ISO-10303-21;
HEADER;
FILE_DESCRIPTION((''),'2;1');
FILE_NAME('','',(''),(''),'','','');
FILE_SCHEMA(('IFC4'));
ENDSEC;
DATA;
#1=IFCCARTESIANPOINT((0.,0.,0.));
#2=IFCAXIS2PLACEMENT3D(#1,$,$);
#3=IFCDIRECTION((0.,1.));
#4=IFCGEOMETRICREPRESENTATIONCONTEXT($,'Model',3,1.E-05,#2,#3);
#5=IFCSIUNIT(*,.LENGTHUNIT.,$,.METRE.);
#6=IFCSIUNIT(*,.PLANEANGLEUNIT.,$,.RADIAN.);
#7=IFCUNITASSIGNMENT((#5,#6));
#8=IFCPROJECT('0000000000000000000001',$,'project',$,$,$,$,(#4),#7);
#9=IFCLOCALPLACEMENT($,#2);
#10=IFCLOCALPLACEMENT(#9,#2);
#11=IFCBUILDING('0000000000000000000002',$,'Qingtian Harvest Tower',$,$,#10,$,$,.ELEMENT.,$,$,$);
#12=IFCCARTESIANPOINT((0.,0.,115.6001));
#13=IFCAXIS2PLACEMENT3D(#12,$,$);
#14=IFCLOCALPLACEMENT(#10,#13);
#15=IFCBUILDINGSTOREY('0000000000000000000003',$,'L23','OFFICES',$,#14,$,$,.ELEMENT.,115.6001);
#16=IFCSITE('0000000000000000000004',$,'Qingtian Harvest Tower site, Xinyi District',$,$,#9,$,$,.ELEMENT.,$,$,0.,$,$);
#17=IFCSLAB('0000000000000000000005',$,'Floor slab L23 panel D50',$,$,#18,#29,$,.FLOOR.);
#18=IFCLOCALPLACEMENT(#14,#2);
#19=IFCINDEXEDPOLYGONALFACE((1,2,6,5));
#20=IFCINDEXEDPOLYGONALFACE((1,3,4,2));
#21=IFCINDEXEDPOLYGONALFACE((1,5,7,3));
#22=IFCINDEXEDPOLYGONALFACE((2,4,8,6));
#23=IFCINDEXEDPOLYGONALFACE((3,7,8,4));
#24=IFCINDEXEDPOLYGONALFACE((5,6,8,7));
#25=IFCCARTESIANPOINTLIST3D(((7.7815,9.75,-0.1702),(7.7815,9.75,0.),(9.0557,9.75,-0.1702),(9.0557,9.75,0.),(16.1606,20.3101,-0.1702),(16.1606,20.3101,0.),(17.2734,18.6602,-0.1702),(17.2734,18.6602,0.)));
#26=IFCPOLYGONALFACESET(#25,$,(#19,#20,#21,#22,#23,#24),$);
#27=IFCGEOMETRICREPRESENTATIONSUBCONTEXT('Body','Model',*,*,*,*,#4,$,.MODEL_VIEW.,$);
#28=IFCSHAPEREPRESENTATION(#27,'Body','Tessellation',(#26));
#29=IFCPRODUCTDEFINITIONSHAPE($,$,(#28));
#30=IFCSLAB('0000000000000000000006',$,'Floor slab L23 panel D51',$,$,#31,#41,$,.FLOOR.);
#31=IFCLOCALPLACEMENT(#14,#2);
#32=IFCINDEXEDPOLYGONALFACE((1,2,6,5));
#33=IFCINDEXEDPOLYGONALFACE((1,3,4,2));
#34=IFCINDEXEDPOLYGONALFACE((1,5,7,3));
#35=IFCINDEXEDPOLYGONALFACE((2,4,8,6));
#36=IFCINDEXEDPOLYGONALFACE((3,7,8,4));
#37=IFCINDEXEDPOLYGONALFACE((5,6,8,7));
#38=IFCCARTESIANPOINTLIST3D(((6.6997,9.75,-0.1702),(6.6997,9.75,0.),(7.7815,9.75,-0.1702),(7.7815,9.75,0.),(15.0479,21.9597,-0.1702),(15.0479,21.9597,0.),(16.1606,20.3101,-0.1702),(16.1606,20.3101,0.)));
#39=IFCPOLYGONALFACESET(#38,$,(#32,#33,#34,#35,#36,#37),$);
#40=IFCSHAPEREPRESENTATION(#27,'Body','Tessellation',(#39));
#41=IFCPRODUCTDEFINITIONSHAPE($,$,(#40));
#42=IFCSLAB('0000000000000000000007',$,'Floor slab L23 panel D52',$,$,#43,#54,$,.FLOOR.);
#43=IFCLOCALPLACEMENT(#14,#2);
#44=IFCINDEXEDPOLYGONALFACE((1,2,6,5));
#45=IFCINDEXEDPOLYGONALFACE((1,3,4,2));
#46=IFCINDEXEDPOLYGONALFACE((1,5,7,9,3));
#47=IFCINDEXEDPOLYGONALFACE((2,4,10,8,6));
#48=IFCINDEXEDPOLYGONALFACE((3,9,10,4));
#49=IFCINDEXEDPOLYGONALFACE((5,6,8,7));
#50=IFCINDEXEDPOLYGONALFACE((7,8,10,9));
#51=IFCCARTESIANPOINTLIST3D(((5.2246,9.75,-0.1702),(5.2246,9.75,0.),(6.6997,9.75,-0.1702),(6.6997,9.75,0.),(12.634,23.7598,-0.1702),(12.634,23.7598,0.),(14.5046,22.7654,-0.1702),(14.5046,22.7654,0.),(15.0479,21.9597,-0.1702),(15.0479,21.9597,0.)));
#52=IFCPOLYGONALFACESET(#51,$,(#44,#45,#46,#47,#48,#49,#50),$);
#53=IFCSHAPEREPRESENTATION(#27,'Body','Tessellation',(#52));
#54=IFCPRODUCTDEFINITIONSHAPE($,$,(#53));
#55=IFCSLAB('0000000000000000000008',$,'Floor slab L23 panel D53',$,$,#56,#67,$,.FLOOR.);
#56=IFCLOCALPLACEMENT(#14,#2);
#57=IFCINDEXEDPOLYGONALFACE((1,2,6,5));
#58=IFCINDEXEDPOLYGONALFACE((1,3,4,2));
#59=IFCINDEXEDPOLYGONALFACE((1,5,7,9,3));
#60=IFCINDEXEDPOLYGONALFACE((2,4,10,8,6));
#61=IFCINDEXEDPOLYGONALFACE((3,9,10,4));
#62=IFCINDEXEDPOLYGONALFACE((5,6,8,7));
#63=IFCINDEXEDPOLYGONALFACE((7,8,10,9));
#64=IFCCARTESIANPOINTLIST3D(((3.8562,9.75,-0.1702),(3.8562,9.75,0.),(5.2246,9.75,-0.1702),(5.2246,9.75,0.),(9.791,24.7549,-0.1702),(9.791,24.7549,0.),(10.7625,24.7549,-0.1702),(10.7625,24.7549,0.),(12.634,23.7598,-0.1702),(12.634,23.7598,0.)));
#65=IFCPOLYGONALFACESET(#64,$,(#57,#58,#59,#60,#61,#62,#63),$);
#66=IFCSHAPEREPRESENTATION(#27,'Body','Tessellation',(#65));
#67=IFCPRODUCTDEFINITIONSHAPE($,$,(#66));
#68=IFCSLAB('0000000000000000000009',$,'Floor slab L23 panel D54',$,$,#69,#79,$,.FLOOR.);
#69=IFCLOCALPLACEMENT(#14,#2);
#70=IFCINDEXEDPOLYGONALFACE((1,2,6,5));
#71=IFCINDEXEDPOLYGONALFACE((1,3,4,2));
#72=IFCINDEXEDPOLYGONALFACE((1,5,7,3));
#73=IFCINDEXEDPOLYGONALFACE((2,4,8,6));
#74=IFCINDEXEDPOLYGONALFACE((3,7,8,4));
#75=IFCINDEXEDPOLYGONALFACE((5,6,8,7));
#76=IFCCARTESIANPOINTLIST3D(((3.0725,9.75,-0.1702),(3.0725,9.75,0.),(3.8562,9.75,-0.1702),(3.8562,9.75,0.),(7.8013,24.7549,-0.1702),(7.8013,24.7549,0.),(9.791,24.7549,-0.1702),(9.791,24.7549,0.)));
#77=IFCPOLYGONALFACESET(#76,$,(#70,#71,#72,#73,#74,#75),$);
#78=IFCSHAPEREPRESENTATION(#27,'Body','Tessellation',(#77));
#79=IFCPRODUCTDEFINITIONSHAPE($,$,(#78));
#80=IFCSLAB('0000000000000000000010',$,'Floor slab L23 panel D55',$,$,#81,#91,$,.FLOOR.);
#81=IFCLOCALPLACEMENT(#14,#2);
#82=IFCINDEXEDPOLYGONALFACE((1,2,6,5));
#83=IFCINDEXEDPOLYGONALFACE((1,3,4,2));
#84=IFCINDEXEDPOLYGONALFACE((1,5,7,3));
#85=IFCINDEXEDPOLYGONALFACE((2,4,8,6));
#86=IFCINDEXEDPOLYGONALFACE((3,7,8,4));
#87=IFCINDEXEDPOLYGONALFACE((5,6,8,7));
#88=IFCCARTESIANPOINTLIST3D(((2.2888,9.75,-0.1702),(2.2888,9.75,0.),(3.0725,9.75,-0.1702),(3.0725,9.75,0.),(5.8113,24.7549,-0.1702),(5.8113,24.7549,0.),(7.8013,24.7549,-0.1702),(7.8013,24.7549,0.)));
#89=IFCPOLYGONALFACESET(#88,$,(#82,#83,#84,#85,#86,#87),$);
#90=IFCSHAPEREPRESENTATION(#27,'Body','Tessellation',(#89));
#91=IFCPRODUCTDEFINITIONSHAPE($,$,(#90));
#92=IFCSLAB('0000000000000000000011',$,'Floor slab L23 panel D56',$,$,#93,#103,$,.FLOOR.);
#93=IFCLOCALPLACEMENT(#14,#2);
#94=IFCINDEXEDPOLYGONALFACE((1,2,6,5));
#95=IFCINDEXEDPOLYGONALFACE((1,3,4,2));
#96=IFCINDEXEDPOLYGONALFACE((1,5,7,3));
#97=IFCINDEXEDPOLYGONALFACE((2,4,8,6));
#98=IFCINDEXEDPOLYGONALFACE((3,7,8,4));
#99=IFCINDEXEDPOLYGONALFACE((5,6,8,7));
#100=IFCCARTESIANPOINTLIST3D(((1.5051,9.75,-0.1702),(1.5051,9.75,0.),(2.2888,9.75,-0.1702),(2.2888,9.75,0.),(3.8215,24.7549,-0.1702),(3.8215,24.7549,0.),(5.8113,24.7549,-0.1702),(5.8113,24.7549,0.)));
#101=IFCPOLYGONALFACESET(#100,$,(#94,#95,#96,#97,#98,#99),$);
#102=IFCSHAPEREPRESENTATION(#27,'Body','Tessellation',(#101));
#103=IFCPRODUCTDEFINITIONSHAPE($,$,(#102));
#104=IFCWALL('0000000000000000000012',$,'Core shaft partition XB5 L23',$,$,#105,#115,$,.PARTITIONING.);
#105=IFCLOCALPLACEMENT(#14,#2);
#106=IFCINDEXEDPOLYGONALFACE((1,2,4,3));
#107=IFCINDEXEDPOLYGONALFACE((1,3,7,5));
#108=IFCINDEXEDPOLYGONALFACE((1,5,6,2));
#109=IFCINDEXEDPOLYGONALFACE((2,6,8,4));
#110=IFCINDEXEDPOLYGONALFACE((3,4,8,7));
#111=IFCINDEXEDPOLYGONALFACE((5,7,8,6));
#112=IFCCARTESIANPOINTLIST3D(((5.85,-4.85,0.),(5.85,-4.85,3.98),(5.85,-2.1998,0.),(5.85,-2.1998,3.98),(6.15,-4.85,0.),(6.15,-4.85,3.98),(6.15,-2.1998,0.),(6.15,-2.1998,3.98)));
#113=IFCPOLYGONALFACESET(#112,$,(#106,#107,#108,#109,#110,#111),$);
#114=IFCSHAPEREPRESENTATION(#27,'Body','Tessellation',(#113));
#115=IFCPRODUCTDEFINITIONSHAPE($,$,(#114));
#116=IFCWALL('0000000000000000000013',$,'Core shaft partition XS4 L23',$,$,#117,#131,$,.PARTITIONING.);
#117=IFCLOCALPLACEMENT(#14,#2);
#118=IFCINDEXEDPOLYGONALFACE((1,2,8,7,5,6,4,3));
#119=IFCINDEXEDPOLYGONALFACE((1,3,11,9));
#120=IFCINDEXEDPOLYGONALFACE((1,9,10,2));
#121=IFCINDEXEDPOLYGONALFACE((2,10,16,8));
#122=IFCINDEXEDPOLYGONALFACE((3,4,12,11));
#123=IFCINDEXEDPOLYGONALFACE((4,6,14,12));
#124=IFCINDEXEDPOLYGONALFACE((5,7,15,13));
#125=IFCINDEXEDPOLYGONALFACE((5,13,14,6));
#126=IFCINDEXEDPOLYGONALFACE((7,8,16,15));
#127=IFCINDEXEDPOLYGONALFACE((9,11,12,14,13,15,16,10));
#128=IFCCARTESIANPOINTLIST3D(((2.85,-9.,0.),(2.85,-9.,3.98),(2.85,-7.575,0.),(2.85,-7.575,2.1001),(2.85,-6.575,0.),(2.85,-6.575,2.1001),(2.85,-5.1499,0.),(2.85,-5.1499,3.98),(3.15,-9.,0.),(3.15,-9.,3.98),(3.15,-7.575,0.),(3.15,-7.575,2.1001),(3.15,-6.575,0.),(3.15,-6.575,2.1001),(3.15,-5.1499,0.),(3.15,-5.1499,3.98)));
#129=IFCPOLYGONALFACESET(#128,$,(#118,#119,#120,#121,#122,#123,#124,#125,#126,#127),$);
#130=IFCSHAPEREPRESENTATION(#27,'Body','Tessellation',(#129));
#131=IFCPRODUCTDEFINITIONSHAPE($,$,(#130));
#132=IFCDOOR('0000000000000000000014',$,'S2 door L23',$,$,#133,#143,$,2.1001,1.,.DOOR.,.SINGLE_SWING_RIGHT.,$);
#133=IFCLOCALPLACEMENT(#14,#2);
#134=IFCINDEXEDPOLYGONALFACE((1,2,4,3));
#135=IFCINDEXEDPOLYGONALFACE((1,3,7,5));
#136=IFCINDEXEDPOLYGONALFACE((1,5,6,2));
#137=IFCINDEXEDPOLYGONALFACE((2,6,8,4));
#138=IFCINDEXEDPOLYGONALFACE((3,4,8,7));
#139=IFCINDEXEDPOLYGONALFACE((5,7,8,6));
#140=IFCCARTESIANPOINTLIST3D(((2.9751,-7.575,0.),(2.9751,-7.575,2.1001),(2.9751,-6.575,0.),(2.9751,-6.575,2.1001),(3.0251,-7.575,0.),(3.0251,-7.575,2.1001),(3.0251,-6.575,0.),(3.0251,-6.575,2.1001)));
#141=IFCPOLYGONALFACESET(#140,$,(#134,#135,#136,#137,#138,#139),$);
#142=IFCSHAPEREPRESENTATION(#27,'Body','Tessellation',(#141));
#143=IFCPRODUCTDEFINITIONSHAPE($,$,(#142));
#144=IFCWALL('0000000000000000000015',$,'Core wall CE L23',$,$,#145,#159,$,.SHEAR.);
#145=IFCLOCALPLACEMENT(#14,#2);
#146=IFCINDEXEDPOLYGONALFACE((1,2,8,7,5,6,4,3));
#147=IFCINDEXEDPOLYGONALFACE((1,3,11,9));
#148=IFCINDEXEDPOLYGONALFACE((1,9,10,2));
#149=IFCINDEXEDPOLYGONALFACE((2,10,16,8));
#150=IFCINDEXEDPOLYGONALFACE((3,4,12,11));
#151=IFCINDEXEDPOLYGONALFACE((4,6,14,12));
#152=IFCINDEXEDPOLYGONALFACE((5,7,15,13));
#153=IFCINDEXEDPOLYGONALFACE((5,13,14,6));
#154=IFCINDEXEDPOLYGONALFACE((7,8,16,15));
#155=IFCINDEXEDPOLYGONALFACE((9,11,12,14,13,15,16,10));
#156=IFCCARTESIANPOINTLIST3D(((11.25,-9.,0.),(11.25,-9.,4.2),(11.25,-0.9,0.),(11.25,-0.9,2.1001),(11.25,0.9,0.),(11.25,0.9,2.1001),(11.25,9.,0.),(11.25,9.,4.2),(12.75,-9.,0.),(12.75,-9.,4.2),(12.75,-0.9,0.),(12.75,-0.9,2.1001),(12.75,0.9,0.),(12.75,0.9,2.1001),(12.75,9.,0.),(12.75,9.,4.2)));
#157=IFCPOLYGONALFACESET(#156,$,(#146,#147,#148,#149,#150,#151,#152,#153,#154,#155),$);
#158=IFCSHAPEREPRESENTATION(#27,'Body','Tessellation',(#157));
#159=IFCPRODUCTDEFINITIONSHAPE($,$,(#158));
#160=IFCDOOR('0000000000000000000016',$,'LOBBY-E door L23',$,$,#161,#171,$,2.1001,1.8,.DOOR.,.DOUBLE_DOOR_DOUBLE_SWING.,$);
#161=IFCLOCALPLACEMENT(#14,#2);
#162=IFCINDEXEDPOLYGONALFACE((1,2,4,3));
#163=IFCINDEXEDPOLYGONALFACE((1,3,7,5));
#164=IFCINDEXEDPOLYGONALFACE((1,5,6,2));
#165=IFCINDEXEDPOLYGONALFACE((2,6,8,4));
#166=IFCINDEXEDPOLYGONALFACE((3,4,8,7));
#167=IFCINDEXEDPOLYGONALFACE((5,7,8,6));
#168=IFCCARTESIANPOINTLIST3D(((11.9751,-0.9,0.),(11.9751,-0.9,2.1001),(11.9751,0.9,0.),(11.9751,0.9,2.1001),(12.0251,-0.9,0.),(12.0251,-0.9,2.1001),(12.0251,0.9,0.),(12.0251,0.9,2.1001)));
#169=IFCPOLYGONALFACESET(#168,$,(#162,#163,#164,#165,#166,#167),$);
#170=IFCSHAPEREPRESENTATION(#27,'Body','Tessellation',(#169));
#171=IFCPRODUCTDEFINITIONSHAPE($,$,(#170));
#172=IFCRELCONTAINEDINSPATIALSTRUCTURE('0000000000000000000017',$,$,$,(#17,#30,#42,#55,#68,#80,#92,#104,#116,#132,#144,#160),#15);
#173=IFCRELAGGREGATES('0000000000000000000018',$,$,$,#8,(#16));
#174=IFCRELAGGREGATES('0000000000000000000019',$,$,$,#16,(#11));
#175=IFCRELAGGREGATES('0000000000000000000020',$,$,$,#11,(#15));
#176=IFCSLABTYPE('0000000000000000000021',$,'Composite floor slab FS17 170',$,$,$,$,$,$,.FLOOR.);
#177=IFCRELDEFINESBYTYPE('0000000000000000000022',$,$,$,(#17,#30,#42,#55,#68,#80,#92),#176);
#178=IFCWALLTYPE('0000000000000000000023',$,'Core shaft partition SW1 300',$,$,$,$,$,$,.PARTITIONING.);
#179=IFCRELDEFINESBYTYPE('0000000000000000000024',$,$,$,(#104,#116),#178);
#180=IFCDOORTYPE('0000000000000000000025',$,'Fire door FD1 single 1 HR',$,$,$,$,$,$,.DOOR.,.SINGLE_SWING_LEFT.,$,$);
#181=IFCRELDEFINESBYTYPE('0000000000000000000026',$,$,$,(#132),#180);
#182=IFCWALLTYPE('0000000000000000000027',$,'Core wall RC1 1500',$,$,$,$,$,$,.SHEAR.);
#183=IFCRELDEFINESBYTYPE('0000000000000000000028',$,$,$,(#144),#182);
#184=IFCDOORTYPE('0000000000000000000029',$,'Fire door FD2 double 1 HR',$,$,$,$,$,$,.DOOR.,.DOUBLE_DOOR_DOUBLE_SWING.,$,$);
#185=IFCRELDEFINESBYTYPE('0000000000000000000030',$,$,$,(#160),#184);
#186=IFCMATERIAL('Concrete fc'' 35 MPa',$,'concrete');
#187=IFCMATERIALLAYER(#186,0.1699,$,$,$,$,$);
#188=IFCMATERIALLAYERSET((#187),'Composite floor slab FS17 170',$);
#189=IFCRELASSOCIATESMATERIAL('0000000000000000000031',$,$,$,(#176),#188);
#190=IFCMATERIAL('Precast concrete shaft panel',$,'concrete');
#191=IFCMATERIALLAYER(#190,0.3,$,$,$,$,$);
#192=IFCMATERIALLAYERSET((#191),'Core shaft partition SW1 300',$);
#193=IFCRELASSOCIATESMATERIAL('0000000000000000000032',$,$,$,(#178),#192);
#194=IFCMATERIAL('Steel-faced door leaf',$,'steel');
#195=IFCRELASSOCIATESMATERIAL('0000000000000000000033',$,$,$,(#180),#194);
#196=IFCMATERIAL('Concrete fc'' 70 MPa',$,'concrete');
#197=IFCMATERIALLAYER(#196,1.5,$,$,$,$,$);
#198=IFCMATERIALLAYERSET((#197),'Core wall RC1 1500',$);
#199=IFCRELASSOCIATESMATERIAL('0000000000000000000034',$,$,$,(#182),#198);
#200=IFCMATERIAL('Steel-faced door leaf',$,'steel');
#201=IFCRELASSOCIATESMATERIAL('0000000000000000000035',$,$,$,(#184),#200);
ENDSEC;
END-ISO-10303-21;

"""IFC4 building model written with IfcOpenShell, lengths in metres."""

from ifc_helpers import new_model, si_unit, direction, frame, frame_2d, origin, place, context, subcontext, project, spatial, polyline, rectangle, outline, extrude, material, layer, layer_set, type_object, element, fill, save


model = new_model("IFC4")

# Units and contexts
model_context = context("Model", 3, precision=1e-05, world=origin(), true_north=direction((0.0, 1.0)))
body_context = subcontext(model_context, "Body", "Model", "MODEL_VIEW")
ifc_project = project(units=[si_unit("LENGTHUNIT", "METRE"), si_unit("PLANEANGLEUNIT", "RADIAN")], contexts=[model_context])

# Site, building, storey
site_placement = place(None, origin())
site = spatial("IfcSite", under=ifc_project, at=site_placement, Name="Qingtian Harvest Tower site, Xinyi District", CompositionType="ELEMENT", RefElevation=0.0)
building_placement = place(site_placement, origin())
building = spatial("IfcBuilding", under=site, at=building_placement, Name="Qingtian Harvest Tower", CompositionType="ELEMENT")
storey_placement = place(building_placement, frame((0.0, 0.0, 115.6001)))
storey = spatial("IfcBuildingStorey", under=building, at=storey_placement, Name="L23", Description="OFFICES", CompositionType="ELEMENT", Elevation=115.6001)

# Slabs
ifc_material_1 = material(Name="Concrete fc' 35 MPa", Category="concrete")
ifc_layer_1 = layer(ifc_material_1, 0.1699)
ifc_layer_set_1 = layer_set([ifc_layer_1], Name="Composite floor slab FS17 170")
slab_type = type_object("IfcSlabType", Name="Composite floor slab FS17 170", PredefinedType="FLOOR", material=ifc_layer_set_1)
slab_1_placement = place(storey_placement, frame((0.0, 0.0, -0.1702)))
element("IfcSlab", 1, at=slab_1_placement, inside=storey, type_object=slab_type, Name="Floor slab L23 panel D50", PredefinedType="FLOOR", context=body_context, shape_type="SweptSolid", body=[
    extrude(outline(polyline([(7.7815, 9.75), (16.1606, 20.3101), (17.2734, 18.6602), (9.0557, 9.75), (7.7815, 9.75)])), origin(), (0.0, 0.0, 1.0), 0.1702),
])
slab_2_placement = place(storey_placement, frame((0.0, 0.0, -0.1702)))
element("IfcSlab", 2, at=slab_2_placement, inside=storey, type_object=slab_type, Name="Floor slab L23 panel D51", PredefinedType="FLOOR", context=body_context, shape_type="SweptSolid", body=[
    extrude(outline(polyline([(6.6997, 9.75), (15.0479, 21.9597), (16.1606, 20.3101), (7.7815, 9.75), (6.6997, 9.75)])), origin(), (0.0, 0.0, 1.0), 0.1702),
])
slab_3_placement = place(storey_placement, frame((0.0, 0.0, -0.1702)))
element("IfcSlab", 3, at=slab_3_placement, inside=storey, type_object=slab_type, Name="Floor slab L23 panel D52", PredefinedType="FLOOR", context=body_context, shape_type="SweptSolid", body=[
    extrude(outline(polyline([(6.6997, 9.75), (5.2246, 9.75), (12.634, 23.7598), (14.5046, 22.7654), (15.0479, 21.9597), (6.6997, 9.75)])), origin(), (0.0, 0.0, 1.0), 0.1702),
])
slab_4_placement = place(storey_placement, frame((0.0, 0.0, -0.1702)))
element("IfcSlab", 4, at=slab_4_placement, inside=storey, type_object=slab_type, Name="Floor slab L23 panel D53", PredefinedType="FLOOR", context=body_context, shape_type="SweptSolid", body=[
    extrude(outline(polyline([(3.8562, 9.75), (9.791, 24.7549), (10.7625, 24.7549), (12.634, 23.7598), (5.2246, 9.75), (3.8562, 9.75)])), origin(), (0.0, 0.0, 1.0), 0.1702),
])
slab_5_placement = place(storey_placement, frame((0.0, 0.0, -0.1702)))
element("IfcSlab", 5, at=slab_5_placement, inside=storey, type_object=slab_type, Name="Floor slab L23 panel D54", PredefinedType="FLOOR", context=body_context, shape_type="SweptSolid", body=[
    extrude(outline(polyline([(3.0725, 9.75), (7.8013, 24.7549), (9.791, 24.7549), (3.8562, 9.75), (3.0725, 9.75)])), origin(), (0.0, 0.0, 1.0), 0.1702),
])
slab_6_placement = place(storey_placement, frame((0.0, 0.0, -0.1702)))
element("IfcSlab", 6, at=slab_6_placement, inside=storey, type_object=slab_type, Name="Floor slab L23 panel D55", PredefinedType="FLOOR", context=body_context, shape_type="SweptSolid", body=[
    extrude(outline(polyline([(2.2888, 9.75), (5.8113, 24.7549), (7.8013, 24.7549), (3.0725, 9.75), (2.2888, 9.75)])), origin(), (0.0, 0.0, 1.0), 0.1702),
])
slab_7_placement = place(storey_placement, frame((0.0, 0.0, -0.1702)))
element("IfcSlab", 7, at=slab_7_placement, inside=storey, type_object=slab_type, Name="Floor slab L23 panel D56", PredefinedType="FLOOR", context=body_context, shape_type="SweptSolid", body=[
    extrude(outline(polyline([(1.5051, 9.75), (3.8215, 24.7549), (5.8113, 24.7549), (2.2888, 9.75), (1.5051, 9.75)])), origin(), (0.0, 0.0, 1.0), 0.1702),
])

# Wall
ifc_material_2 = material(Name="Precast concrete shaft panel", Category="concrete")
ifc_layer_2 = layer(ifc_material_2, 0.3)
ifc_layer_set_2 = layer_set([ifc_layer_2], Name="Core shaft partition SW1 300")
wall_type_1 = type_object("IfcWallType", Name="Core shaft partition SW1 300", PredefinedType="PARTITIONING", material=ifc_layer_set_2)
wall_1_placement = place(storey_placement, frame((6.0, -4.8501, 0.0), z_axis=(0.0, 0.0, 1.0), x_axis=(0.0, 1.0, 0.0)))
element("IfcWall", 8, at=wall_1_placement, inside=storey, type_object=wall_type_1, Name="Core shaft partition XB5 L23", PredefinedType="PARTITIONING", context=body_context, shape_type="SweptSolid", body=[
    extrude(rectangle(XDim=2.6501, YDim=0.3, at=frame_2d((1.3252, 0.0))), origin(), (0.0, 0.0, 1.0), 3.98),
])

# Walls, openings, doors
wall_2_placement = place(storey_placement, frame((3.0, -9.0, 0.0), z_axis=(0.0, 0.0, 1.0), x_axis=(0.0, 1.0, 0.0)))
wall_2 = element("IfcWall", 9, at=wall_2_placement, inside=storey, type_object=wall_type_1, Name="Core shaft partition XS4 L23", PredefinedType="PARTITIONING", context=body_context, shape_type="SweptSolid", body=[
    extrude(rectangle(XDim=3.8501, YDim=0.3, at=frame_2d((1.925, 0.0))), origin(), (0.0, 0.0, 1.0), 3.98),
])
opening_1_placement = place(wall_2_placement, frame((1.425, 0.0, 0.0)))
opening_1 = element("IfcOpeningElement", 10, at=opening_1_placement, cuts=wall_2, PredefinedType="OPENING", context=body_context, shape_type="SweptSolid", body=[
    extrude(rectangle(XDim=1.0, YDim=2.1001, at=frame_2d((0.5, 1.05))), frame((0.0, 0.1599, 0.0), z_axis=(0.0, -1.0, 0.0), x_axis=(1.0, 0.0, 0.0)), (0.0, 0.0, 1.0), 0.3201),
])
ifc_material_3 = material(Name="Steel-faced door leaf", Category="steel")
door_type_1 = type_object("IfcDoorType", Name="Fire door FD1 single 1 HR", OperationType="SINGLE_SWING_LEFT", PredefinedType="DOOR", material=ifc_material_3)
door_1_placement = place(opening_1_placement, origin())
door_1 = element("IfcDoor", 11, at=door_1_placement, inside=storey, type_object=door_type_1, Name="S2 door L23", OperationType="SINGLE_SWING_RIGHT", OverallHeight=2.1001, OverallWidth=1.0, PredefinedType="DOOR", context=body_context, shape_type="SweptSolid", body=[
    extrude(rectangle(XDim=1.0, YDim=2.1001, at=frame_2d((0.5, 1.05))), frame((0.0, 0.0249, 0.0), z_axis=(0.0, -1.0, 0.0), x_axis=(1.0, 0.0, 0.0)), (0.0, 0.0, 1.0), 0.05),
])
fill(opening_1, door_1)
ifc_material_4 = material(Name="Concrete fc' 70 MPa", Category="concrete")
ifc_layer_3 = layer(ifc_material_4, 1.5)
ifc_layer_set_3 = layer_set([ifc_layer_3], Name="Core wall RC1 1500")
wall_type_2 = type_object("IfcWallType", Name="Core wall RC1 1500", PredefinedType="SHEAR", material=ifc_layer_set_3)
wall_3_placement = place(storey_placement, frame((12.0, -9.0, 0.0), z_axis=(0.0, 0.0, 1.0), x_axis=(0.0, 1.0, 0.0)))
wall_3 = element("IfcWall", 12, at=wall_3_placement, inside=storey, type_object=wall_type_2, Name="Core wall CE L23", PredefinedType="SHEAR", context=body_context, shape_type="SweptSolid", body=[
    extrude(rectangle(XDim=18.0, YDim=1.5, at=frame_2d((9.0, 0.0))), origin(), (0.0, 0.0, 1.0), 4.2),
])
opening_2_placement = place(wall_3_placement, frame((8.1001, 0.0, 0.0)))
opening_2 = element("IfcOpeningElement", 13, at=opening_2_placement, cuts=wall_3, PredefinedType="OPENING", context=body_context, shape_type="SweptSolid", body=[
    extrude(rectangle(XDim=1.8, YDim=2.1001, at=frame_2d((0.8999, 1.05))), frame((0.0, 0.76, 0.0), z_axis=(0.0, -1.0, 0.0), x_axis=(1.0, 0.0, 0.0)), (0.0, 0.0, 1.0), 1.52),
])
ifc_material_5 = material(Name="Steel-faced door leaf", Category="steel")
door_type_2 = type_object("IfcDoorType", Name="Fire door FD2 double 1 HR", OperationType="DOUBLE_DOOR_DOUBLE_SWING", PredefinedType="DOOR", material=ifc_material_5)
door_2_placement = place(opening_2_placement, origin())
door_2 = element("IfcDoor", 14, at=door_2_placement, inside=storey, type_object=door_type_2, Name="LOBBY-E door L23", OperationType="DOUBLE_DOOR_DOUBLE_SWING", OverallHeight=2.1001, OverallWidth=1.8, PredefinedType="DOOR", context=body_context, shape_type="SweptSolid", body=[
    extrude(rectangle(XDim=1.8, YDim=2.1001, at=frame_2d((0.8999, 1.05))), frame((0.0, 0.0249, 0.0), z_axis=(0.0, -1.0, 0.0), x_axis=(1.0, 0.0, 0.0)), (0.0, 0.0, 1.0), 0.05),
])
fill(opening_2, door_2)

save(model, "model.ifc")
